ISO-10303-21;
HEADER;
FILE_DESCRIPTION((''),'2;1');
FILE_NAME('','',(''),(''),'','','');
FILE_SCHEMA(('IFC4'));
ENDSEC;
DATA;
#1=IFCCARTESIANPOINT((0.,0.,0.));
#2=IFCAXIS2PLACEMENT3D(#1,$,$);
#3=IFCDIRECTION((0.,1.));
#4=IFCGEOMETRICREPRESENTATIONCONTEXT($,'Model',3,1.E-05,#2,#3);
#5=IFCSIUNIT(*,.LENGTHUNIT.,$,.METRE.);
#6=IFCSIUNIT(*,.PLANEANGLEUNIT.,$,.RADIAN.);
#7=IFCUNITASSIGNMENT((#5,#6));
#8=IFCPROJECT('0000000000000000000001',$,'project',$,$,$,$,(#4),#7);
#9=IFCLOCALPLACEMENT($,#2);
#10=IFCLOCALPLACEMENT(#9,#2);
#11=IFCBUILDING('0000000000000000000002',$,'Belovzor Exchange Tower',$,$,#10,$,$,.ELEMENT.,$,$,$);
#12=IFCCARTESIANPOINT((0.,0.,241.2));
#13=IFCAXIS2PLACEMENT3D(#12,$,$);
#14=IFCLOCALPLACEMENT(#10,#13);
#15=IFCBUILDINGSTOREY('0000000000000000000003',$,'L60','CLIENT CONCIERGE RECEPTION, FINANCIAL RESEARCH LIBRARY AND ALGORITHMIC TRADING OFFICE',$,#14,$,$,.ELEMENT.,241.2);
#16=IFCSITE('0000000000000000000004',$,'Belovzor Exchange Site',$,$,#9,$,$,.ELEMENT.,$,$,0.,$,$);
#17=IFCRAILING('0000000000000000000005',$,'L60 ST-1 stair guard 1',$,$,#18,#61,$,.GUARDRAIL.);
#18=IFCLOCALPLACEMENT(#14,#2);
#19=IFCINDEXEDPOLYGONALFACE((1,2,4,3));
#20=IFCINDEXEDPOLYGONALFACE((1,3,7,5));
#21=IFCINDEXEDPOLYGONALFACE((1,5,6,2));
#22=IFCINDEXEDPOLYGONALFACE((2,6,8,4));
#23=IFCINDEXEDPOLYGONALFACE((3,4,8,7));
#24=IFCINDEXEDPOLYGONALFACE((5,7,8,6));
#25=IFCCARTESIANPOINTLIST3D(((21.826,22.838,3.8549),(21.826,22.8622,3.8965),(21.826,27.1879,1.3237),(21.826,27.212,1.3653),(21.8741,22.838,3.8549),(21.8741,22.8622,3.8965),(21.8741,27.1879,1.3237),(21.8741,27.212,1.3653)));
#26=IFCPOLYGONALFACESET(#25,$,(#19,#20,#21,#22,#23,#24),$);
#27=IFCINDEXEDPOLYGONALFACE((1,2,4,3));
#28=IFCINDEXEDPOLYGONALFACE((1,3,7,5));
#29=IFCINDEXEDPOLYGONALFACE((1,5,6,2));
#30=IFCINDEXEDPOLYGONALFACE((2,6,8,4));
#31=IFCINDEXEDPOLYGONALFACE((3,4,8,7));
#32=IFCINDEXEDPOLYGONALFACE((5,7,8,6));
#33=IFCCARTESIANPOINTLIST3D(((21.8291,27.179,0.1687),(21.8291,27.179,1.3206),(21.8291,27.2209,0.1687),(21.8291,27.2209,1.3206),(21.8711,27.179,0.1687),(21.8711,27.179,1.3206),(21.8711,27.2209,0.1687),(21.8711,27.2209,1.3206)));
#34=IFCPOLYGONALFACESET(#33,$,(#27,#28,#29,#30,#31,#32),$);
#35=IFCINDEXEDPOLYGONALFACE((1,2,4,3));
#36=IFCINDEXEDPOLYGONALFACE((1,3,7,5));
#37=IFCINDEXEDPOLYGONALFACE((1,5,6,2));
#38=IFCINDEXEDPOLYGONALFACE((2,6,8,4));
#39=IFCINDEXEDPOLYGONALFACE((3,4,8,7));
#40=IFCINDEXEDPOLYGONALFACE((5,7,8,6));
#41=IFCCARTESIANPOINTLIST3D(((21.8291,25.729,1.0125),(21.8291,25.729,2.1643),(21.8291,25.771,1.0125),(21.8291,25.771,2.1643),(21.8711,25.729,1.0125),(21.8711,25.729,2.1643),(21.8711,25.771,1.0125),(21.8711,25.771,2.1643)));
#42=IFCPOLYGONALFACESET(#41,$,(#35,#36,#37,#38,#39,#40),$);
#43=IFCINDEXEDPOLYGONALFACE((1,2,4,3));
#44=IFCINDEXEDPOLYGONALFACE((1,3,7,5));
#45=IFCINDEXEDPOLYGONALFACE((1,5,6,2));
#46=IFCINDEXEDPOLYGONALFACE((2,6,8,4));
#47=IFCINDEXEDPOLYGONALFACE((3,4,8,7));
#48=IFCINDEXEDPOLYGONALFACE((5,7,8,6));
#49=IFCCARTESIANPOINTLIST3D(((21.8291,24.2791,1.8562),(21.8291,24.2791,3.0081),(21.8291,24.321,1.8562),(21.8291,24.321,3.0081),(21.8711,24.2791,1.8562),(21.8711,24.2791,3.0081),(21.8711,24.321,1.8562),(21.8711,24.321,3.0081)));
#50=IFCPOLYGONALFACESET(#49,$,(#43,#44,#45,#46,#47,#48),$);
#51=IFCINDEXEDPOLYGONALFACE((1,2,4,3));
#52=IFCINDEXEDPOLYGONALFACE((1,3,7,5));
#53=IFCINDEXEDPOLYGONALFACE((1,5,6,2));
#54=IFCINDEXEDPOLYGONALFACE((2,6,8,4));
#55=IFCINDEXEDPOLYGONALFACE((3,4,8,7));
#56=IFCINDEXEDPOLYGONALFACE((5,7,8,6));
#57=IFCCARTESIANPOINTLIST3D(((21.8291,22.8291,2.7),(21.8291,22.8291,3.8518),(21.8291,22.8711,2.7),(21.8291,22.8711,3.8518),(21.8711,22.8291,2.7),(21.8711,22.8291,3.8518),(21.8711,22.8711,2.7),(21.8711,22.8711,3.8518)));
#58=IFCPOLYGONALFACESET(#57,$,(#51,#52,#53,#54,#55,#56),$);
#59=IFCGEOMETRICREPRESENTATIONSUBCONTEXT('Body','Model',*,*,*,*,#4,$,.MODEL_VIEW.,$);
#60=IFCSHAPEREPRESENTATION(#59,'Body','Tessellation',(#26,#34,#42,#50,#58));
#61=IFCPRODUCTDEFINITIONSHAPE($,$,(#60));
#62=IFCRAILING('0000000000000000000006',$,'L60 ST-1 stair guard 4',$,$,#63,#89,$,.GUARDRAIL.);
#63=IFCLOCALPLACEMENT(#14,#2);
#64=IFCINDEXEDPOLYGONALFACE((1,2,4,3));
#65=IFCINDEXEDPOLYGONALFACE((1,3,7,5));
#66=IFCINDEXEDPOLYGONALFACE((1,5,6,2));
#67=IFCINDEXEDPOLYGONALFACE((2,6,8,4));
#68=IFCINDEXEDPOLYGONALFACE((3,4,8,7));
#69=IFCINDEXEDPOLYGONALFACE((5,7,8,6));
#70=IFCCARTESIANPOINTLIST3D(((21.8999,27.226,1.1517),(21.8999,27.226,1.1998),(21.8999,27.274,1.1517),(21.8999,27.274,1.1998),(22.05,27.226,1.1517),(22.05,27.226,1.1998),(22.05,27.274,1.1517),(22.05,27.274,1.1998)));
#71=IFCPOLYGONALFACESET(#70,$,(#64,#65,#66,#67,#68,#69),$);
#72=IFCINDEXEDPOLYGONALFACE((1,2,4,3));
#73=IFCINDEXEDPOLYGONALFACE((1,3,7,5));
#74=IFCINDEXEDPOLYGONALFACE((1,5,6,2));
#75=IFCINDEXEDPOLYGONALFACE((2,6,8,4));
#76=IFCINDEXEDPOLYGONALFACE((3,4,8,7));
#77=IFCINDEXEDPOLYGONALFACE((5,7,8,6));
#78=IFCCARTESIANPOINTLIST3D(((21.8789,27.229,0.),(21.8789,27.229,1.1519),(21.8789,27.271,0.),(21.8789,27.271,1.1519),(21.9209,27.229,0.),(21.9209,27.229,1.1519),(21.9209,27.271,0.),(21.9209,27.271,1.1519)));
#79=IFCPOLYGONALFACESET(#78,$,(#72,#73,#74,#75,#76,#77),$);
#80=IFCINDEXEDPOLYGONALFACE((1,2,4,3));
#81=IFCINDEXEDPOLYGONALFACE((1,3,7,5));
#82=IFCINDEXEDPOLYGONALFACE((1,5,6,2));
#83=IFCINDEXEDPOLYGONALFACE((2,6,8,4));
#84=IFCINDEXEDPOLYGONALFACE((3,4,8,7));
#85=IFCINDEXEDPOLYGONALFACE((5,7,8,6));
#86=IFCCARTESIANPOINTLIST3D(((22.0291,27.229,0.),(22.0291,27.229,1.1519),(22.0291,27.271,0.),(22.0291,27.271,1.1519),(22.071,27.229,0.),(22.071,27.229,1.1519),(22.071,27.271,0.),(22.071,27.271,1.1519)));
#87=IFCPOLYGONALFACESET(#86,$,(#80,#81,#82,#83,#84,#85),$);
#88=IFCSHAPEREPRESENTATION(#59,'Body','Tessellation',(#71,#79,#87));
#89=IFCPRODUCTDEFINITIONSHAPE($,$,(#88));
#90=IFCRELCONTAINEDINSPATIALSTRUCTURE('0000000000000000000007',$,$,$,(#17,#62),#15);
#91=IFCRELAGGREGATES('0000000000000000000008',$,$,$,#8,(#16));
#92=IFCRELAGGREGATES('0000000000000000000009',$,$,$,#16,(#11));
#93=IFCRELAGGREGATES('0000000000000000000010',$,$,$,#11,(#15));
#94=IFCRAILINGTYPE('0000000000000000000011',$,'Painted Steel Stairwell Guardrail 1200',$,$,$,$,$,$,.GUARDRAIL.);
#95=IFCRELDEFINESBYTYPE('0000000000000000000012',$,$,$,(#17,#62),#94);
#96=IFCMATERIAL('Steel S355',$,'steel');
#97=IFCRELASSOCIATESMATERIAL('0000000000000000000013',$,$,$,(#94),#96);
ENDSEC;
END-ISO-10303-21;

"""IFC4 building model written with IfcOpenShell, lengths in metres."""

from ifc_helpers import new_model, si_unit, direction, frame, origin, origin_2d, place, context, subcontext, project, spatial, rectangle, extrude, material, type_object, element, save


model = new_model("IFC4")

# Units and contexts
model_context = context("Model", 3, precision=1e-05, world=origin(), true_north=direction((0.0, 1.0)))
body_context = subcontext(model_context, "Body", "Model", "MODEL_VIEW")
ifc_project = project(units=[si_unit("LENGTHUNIT", "METRE"), si_unit("PLANEANGLEUNIT", "RADIAN")], contexts=[model_context])

# Site, building, storey
site_placement = place(None, origin())
site = spatial("IfcSite", under=ifc_project, at=site_placement, Name="Belovzor Exchange Site", CompositionType="ELEMENT", RefElevation=0.0)
building_placement = place(site_placement, origin())
building = spatial("IfcBuilding", under=site, at=building_placement, Name="Belovzor Exchange Tower", CompositionType="ELEMENT")
storey_placement = place(building_placement, frame((0.0, 0.0, 241.2)))
storey = spatial("IfcBuildingStorey", under=building, at=storey_placement, Name="L60", Description="CLIENT CONCIERGE RECEPTION, FINANCIAL RESEARCH LIBRARY AND ALGORITHMIC TRADING OFFICE", CompositionType="ELEMENT", Elevation=241.2)

# Railings
ifc_material_1 = material(Name="Steel S355", Category="steel")
railing_type_1 = type_object("IfcRailingType", Name="Painted Steel Stairwell Guardrail 1200", PredefinedType="GUARDRAIL", material=ifc_material_1)
railing_1_placement = place(storey_placement, frame((21.8501, 27.2, 0.1687)))
element("IfcRailing", 1, at=railing_1_placement, inside=storey, type_object=railing_type_1, Name="L60 ST-1 stair guard 1", PredefinedType="GUARDRAIL", context=body_context, shape_type="SweptSolid", body=[
    extrude(rectangle(XDim=0.0481, YDim=0.0481, at=origin_2d()), frame((0.0, 0.0, 1.1758), z_axis=(0.0, -0.864312, 0.502957), x_axis=(1.0, 0.0, 0.0)), (0.0, 0.0, 1.0), 5.0327),
    extrude(rectangle(XDim=0.042, YDim=0.042, at=origin_2d()), origin(), (0.0, 0.0, 1.0), 1.1519),
    extrude(rectangle(XDim=0.042, YDim=0.042, at=origin_2d()), frame((0.0, -1.45, 0.8438)), (0.0, 0.0, 1.0), 1.1519),
    extrude(rectangle(XDim=0.042, YDim=0.042, at=origin_2d()), frame((0.0, -2.8999, 1.6875)), (0.0, 0.0, 1.0), 1.1519),
    extrude(rectangle(XDim=0.042, YDim=0.042, at=origin_2d()), frame((0.0, -4.3499, 2.5312)), (0.0, 0.0, 1.0), 1.1519),
])
railing_2_placement = place(storey_placement, frame((21.8999, 27.25, 0.0)))
element("IfcRailing", 2, at=railing_2_placement, inside=storey, type_object=railing_type_1, Name="L60 ST-1 stair guard 4", PredefinedType="GUARDRAIL", context=body_context, shape_type="SweptSolid", body=[
    extrude(rectangle(XDim=0.0481, YDim=0.0481, at=origin_2d()), frame((0.0, 0.0, 1.1758), z_axis=(1.0, 0.0, 0.0), x_axis=(0.0, 1.0, 0.0)), (0.0, 0.0, 1.0), 0.1501),
    extrude(rectangle(XDim=0.042, YDim=0.042, at=origin_2d()), origin(), (0.0, 0.0, 1.0), 1.1519),
    extrude(rectangle(XDim=0.042, YDim=0.042, at=origin_2d()), frame((0.1501, 0.0, 0.0)), (0.0, 0.0, 1.0), 1.1519),
])

save(model, "model.ifc")
